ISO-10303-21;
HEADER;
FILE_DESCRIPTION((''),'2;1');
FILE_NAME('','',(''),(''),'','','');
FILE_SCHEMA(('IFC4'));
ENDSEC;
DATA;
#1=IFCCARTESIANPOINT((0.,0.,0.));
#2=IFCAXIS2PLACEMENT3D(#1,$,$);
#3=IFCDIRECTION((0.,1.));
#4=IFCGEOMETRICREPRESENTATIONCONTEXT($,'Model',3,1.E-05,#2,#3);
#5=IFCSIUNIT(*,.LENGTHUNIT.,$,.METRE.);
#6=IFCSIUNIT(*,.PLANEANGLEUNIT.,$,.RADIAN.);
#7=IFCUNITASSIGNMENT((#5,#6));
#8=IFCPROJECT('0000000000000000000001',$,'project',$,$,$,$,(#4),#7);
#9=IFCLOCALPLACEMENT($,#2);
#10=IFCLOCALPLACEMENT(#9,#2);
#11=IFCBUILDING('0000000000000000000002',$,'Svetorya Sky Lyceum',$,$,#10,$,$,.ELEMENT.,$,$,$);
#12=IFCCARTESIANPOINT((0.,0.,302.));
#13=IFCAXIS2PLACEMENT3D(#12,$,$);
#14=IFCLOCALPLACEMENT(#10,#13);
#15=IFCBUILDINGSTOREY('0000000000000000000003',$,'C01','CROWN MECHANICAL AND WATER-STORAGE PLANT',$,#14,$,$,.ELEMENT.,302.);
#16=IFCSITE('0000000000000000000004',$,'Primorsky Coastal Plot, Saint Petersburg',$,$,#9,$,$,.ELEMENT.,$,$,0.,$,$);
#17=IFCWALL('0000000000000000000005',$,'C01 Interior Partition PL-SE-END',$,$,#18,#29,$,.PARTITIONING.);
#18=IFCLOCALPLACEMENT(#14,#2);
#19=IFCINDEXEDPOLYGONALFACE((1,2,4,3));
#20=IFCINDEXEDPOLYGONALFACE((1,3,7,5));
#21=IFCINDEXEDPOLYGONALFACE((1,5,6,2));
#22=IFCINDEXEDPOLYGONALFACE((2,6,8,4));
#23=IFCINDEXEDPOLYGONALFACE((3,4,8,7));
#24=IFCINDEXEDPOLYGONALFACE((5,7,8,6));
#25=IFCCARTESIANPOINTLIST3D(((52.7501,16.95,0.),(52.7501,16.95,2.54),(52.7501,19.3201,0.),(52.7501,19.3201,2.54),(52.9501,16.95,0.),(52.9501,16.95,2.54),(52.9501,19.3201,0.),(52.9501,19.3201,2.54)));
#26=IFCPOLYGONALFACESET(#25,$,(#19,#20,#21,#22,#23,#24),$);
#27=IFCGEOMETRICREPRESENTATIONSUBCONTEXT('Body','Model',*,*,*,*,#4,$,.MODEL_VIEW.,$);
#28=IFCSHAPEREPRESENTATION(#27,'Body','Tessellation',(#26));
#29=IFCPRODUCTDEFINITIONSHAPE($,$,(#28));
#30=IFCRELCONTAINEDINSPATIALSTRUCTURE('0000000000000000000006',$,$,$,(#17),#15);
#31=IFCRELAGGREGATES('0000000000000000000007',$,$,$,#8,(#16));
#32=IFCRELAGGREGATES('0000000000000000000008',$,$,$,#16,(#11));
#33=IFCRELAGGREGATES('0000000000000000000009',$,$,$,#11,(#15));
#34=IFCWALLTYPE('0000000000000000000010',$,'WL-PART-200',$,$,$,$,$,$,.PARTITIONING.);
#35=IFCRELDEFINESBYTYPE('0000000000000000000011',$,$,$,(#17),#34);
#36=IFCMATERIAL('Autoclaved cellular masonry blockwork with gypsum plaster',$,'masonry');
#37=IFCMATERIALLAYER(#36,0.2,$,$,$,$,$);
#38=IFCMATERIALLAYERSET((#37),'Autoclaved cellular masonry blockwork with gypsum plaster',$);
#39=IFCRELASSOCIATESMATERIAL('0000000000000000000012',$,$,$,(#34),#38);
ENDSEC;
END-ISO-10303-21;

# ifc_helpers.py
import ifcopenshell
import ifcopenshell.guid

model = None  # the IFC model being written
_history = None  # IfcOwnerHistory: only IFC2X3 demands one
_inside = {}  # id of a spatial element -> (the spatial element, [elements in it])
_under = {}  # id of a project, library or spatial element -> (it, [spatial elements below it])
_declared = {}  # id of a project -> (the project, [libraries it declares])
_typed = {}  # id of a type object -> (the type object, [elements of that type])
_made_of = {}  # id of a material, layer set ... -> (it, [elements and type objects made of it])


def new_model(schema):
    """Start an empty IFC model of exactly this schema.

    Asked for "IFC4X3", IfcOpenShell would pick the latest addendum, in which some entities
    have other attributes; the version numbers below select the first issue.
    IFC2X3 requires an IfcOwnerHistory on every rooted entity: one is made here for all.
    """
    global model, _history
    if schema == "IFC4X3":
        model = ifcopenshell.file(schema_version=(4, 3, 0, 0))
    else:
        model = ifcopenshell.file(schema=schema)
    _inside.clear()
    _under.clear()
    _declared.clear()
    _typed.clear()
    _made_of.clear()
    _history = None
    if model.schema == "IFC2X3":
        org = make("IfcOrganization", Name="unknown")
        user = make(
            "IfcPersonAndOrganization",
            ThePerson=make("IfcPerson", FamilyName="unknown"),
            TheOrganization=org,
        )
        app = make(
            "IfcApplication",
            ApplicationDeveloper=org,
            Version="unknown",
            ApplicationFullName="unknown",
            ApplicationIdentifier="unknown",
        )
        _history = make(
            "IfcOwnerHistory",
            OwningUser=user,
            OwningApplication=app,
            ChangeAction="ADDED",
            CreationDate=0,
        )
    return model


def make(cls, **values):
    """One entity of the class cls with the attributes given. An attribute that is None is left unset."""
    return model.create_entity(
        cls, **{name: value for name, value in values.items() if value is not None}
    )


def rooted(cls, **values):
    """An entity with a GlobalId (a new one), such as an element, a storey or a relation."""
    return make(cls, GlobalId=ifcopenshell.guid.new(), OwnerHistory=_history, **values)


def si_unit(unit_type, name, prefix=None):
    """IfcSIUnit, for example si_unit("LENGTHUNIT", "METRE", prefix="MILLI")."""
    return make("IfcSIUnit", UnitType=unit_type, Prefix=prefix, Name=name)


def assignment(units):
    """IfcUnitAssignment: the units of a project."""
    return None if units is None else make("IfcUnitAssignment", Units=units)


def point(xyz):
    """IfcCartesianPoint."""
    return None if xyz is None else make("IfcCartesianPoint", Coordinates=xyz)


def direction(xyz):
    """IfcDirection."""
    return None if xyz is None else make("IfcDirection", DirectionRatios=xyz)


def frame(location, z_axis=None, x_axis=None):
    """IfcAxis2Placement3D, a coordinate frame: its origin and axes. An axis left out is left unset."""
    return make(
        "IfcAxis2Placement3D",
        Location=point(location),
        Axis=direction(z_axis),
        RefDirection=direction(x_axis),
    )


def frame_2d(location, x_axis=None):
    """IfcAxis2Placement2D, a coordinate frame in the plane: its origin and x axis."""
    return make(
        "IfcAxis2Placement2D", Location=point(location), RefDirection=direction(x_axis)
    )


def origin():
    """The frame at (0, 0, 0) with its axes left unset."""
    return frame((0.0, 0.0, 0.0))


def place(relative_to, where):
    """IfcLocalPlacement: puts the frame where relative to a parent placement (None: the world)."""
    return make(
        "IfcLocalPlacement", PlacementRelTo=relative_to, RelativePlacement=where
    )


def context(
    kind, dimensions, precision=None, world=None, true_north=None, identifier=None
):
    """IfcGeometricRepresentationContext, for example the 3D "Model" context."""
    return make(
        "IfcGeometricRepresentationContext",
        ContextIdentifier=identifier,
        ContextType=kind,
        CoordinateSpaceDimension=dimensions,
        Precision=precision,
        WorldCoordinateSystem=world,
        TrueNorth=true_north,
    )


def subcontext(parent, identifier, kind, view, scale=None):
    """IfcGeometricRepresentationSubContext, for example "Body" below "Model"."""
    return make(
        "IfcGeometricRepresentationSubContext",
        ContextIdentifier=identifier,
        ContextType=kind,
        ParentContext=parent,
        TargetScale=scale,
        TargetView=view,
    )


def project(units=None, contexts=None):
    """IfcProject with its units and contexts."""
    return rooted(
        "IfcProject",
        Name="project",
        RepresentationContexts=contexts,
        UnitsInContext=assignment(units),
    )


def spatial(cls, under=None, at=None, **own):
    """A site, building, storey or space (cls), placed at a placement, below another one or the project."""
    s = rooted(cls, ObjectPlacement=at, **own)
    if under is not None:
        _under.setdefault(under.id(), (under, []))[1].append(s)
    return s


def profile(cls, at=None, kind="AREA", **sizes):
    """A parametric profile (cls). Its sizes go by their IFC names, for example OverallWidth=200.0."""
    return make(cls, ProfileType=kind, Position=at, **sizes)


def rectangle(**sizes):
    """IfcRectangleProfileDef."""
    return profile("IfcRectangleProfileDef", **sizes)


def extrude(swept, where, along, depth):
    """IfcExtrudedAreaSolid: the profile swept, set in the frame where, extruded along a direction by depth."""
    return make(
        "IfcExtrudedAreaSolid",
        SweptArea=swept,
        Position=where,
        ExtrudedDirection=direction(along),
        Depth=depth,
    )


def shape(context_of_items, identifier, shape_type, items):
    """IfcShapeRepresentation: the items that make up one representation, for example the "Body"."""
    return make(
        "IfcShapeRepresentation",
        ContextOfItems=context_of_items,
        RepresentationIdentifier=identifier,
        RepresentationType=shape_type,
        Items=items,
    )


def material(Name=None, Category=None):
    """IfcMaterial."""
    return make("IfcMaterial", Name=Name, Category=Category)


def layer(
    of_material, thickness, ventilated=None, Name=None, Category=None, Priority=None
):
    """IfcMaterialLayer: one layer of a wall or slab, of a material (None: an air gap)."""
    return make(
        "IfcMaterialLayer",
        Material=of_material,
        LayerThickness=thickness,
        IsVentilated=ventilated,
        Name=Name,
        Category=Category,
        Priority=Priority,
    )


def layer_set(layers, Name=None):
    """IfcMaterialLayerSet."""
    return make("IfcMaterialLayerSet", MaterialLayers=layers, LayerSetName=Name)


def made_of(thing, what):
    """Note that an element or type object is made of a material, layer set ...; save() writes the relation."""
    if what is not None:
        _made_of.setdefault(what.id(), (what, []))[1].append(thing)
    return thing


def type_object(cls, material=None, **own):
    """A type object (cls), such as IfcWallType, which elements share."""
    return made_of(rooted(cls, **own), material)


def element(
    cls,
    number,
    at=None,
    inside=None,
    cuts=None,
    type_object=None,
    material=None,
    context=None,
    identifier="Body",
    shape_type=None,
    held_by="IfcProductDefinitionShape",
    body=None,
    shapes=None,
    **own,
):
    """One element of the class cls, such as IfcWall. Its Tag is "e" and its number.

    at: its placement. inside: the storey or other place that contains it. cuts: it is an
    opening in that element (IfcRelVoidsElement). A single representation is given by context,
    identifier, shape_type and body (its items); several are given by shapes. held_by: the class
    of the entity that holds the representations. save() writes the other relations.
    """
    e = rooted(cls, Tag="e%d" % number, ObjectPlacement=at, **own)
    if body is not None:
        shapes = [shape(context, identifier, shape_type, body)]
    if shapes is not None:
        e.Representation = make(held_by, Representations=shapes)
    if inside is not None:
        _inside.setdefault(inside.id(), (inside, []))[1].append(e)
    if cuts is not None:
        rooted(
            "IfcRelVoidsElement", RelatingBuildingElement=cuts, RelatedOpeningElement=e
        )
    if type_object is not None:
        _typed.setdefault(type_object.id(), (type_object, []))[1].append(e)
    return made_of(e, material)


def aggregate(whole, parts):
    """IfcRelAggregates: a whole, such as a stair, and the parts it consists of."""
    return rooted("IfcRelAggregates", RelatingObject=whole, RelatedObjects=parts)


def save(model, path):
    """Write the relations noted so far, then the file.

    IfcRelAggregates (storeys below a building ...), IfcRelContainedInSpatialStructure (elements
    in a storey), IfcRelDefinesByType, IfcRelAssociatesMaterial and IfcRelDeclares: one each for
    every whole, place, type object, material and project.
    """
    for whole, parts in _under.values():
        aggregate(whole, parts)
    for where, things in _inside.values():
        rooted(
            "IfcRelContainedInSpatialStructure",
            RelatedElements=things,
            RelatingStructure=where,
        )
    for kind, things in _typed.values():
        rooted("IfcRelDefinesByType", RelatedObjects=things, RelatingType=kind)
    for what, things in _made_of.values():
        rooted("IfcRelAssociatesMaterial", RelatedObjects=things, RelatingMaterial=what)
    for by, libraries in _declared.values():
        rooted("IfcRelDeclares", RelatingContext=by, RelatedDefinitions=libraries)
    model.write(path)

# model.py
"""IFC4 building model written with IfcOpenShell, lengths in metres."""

from ifc_helpers import new_model, si_unit, direction, frame, frame_2d, origin, place, context, subcontext, project, spatial, rectangle, extrude, material, layer, layer_set, type_object, element, save


model = new_model("IFC4")

# Units and contexts
model_context = context("Model", 3, precision=1e-05, world=origin(), true_north=direction((0.0, 1.0)))
body_context = subcontext(model_context, "Body", "Model", "MODEL_VIEW")
ifc_project = project(units=[si_unit("LENGTHUNIT", "METRE"), si_unit("PLANEANGLEUNIT", "RADIAN")], contexts=[model_context])

# Site, building, storey
site_placement = place(None, origin())
site = spatial("IfcSite", under=ifc_project, at=site_placement, Name="Primorsky Coastal Plot, Saint Petersburg", CompositionType="ELEMENT", RefElevation=0.0)
building_placement = place(site_placement, origin())
building = spatial("IfcBuilding", under=site, at=building_placement, Name="Svetorya Sky Lyceum", CompositionType="ELEMENT")
storey_placement = place(building_placement, frame((0.0, 0.0, 302.0)))
storey = spatial("IfcBuildingStorey", under=building, at=storey_placement, Name="C01", Description="CROWN MECHANICAL AND WATER-STORAGE PLANT", CompositionType="ELEMENT", Elevation=302.0)

# Shared definitions
ifc_material_1 = material(Name="Autoclaved cellular masonry blockwork with gypsum plaster", Category="masonry")
ifc_layer_1 = layer(ifc_material_1, 0.2)
ifc_layer_set_1 = layer_set([ifc_layer_1], Name="Autoclaved cellular masonry blockwork with gypsum plaster")
wall_type_1 = type_object("IfcWallType", Name="WL-PART-200", PredefinedType="PARTITIONING", material=ifc_layer_set_1)

# Wall
wall_1_placement = place(storey_placement, frame((52.8501, 16.95, 0.0), z_axis=(0.0, 0.0, 1.0), x_axis=(0.0, 1.0, 0.0)))
element("IfcWall", 1, at=wall_1_placement, inside=storey, type_object=wall_type_1, Name="C01 Interior Partition PL-SE-END", PredefinedType="PARTITIONING", context=body_context, shape_type="SweptSolid", body=[
    extrude(rectangle(XDim=2.3701, YDim=0.2, at=frame_2d((1.1851, 0.0))), origin(), (0.0, 0.0, 1.0), 2.54),
])

save(model, "model.ifc")
